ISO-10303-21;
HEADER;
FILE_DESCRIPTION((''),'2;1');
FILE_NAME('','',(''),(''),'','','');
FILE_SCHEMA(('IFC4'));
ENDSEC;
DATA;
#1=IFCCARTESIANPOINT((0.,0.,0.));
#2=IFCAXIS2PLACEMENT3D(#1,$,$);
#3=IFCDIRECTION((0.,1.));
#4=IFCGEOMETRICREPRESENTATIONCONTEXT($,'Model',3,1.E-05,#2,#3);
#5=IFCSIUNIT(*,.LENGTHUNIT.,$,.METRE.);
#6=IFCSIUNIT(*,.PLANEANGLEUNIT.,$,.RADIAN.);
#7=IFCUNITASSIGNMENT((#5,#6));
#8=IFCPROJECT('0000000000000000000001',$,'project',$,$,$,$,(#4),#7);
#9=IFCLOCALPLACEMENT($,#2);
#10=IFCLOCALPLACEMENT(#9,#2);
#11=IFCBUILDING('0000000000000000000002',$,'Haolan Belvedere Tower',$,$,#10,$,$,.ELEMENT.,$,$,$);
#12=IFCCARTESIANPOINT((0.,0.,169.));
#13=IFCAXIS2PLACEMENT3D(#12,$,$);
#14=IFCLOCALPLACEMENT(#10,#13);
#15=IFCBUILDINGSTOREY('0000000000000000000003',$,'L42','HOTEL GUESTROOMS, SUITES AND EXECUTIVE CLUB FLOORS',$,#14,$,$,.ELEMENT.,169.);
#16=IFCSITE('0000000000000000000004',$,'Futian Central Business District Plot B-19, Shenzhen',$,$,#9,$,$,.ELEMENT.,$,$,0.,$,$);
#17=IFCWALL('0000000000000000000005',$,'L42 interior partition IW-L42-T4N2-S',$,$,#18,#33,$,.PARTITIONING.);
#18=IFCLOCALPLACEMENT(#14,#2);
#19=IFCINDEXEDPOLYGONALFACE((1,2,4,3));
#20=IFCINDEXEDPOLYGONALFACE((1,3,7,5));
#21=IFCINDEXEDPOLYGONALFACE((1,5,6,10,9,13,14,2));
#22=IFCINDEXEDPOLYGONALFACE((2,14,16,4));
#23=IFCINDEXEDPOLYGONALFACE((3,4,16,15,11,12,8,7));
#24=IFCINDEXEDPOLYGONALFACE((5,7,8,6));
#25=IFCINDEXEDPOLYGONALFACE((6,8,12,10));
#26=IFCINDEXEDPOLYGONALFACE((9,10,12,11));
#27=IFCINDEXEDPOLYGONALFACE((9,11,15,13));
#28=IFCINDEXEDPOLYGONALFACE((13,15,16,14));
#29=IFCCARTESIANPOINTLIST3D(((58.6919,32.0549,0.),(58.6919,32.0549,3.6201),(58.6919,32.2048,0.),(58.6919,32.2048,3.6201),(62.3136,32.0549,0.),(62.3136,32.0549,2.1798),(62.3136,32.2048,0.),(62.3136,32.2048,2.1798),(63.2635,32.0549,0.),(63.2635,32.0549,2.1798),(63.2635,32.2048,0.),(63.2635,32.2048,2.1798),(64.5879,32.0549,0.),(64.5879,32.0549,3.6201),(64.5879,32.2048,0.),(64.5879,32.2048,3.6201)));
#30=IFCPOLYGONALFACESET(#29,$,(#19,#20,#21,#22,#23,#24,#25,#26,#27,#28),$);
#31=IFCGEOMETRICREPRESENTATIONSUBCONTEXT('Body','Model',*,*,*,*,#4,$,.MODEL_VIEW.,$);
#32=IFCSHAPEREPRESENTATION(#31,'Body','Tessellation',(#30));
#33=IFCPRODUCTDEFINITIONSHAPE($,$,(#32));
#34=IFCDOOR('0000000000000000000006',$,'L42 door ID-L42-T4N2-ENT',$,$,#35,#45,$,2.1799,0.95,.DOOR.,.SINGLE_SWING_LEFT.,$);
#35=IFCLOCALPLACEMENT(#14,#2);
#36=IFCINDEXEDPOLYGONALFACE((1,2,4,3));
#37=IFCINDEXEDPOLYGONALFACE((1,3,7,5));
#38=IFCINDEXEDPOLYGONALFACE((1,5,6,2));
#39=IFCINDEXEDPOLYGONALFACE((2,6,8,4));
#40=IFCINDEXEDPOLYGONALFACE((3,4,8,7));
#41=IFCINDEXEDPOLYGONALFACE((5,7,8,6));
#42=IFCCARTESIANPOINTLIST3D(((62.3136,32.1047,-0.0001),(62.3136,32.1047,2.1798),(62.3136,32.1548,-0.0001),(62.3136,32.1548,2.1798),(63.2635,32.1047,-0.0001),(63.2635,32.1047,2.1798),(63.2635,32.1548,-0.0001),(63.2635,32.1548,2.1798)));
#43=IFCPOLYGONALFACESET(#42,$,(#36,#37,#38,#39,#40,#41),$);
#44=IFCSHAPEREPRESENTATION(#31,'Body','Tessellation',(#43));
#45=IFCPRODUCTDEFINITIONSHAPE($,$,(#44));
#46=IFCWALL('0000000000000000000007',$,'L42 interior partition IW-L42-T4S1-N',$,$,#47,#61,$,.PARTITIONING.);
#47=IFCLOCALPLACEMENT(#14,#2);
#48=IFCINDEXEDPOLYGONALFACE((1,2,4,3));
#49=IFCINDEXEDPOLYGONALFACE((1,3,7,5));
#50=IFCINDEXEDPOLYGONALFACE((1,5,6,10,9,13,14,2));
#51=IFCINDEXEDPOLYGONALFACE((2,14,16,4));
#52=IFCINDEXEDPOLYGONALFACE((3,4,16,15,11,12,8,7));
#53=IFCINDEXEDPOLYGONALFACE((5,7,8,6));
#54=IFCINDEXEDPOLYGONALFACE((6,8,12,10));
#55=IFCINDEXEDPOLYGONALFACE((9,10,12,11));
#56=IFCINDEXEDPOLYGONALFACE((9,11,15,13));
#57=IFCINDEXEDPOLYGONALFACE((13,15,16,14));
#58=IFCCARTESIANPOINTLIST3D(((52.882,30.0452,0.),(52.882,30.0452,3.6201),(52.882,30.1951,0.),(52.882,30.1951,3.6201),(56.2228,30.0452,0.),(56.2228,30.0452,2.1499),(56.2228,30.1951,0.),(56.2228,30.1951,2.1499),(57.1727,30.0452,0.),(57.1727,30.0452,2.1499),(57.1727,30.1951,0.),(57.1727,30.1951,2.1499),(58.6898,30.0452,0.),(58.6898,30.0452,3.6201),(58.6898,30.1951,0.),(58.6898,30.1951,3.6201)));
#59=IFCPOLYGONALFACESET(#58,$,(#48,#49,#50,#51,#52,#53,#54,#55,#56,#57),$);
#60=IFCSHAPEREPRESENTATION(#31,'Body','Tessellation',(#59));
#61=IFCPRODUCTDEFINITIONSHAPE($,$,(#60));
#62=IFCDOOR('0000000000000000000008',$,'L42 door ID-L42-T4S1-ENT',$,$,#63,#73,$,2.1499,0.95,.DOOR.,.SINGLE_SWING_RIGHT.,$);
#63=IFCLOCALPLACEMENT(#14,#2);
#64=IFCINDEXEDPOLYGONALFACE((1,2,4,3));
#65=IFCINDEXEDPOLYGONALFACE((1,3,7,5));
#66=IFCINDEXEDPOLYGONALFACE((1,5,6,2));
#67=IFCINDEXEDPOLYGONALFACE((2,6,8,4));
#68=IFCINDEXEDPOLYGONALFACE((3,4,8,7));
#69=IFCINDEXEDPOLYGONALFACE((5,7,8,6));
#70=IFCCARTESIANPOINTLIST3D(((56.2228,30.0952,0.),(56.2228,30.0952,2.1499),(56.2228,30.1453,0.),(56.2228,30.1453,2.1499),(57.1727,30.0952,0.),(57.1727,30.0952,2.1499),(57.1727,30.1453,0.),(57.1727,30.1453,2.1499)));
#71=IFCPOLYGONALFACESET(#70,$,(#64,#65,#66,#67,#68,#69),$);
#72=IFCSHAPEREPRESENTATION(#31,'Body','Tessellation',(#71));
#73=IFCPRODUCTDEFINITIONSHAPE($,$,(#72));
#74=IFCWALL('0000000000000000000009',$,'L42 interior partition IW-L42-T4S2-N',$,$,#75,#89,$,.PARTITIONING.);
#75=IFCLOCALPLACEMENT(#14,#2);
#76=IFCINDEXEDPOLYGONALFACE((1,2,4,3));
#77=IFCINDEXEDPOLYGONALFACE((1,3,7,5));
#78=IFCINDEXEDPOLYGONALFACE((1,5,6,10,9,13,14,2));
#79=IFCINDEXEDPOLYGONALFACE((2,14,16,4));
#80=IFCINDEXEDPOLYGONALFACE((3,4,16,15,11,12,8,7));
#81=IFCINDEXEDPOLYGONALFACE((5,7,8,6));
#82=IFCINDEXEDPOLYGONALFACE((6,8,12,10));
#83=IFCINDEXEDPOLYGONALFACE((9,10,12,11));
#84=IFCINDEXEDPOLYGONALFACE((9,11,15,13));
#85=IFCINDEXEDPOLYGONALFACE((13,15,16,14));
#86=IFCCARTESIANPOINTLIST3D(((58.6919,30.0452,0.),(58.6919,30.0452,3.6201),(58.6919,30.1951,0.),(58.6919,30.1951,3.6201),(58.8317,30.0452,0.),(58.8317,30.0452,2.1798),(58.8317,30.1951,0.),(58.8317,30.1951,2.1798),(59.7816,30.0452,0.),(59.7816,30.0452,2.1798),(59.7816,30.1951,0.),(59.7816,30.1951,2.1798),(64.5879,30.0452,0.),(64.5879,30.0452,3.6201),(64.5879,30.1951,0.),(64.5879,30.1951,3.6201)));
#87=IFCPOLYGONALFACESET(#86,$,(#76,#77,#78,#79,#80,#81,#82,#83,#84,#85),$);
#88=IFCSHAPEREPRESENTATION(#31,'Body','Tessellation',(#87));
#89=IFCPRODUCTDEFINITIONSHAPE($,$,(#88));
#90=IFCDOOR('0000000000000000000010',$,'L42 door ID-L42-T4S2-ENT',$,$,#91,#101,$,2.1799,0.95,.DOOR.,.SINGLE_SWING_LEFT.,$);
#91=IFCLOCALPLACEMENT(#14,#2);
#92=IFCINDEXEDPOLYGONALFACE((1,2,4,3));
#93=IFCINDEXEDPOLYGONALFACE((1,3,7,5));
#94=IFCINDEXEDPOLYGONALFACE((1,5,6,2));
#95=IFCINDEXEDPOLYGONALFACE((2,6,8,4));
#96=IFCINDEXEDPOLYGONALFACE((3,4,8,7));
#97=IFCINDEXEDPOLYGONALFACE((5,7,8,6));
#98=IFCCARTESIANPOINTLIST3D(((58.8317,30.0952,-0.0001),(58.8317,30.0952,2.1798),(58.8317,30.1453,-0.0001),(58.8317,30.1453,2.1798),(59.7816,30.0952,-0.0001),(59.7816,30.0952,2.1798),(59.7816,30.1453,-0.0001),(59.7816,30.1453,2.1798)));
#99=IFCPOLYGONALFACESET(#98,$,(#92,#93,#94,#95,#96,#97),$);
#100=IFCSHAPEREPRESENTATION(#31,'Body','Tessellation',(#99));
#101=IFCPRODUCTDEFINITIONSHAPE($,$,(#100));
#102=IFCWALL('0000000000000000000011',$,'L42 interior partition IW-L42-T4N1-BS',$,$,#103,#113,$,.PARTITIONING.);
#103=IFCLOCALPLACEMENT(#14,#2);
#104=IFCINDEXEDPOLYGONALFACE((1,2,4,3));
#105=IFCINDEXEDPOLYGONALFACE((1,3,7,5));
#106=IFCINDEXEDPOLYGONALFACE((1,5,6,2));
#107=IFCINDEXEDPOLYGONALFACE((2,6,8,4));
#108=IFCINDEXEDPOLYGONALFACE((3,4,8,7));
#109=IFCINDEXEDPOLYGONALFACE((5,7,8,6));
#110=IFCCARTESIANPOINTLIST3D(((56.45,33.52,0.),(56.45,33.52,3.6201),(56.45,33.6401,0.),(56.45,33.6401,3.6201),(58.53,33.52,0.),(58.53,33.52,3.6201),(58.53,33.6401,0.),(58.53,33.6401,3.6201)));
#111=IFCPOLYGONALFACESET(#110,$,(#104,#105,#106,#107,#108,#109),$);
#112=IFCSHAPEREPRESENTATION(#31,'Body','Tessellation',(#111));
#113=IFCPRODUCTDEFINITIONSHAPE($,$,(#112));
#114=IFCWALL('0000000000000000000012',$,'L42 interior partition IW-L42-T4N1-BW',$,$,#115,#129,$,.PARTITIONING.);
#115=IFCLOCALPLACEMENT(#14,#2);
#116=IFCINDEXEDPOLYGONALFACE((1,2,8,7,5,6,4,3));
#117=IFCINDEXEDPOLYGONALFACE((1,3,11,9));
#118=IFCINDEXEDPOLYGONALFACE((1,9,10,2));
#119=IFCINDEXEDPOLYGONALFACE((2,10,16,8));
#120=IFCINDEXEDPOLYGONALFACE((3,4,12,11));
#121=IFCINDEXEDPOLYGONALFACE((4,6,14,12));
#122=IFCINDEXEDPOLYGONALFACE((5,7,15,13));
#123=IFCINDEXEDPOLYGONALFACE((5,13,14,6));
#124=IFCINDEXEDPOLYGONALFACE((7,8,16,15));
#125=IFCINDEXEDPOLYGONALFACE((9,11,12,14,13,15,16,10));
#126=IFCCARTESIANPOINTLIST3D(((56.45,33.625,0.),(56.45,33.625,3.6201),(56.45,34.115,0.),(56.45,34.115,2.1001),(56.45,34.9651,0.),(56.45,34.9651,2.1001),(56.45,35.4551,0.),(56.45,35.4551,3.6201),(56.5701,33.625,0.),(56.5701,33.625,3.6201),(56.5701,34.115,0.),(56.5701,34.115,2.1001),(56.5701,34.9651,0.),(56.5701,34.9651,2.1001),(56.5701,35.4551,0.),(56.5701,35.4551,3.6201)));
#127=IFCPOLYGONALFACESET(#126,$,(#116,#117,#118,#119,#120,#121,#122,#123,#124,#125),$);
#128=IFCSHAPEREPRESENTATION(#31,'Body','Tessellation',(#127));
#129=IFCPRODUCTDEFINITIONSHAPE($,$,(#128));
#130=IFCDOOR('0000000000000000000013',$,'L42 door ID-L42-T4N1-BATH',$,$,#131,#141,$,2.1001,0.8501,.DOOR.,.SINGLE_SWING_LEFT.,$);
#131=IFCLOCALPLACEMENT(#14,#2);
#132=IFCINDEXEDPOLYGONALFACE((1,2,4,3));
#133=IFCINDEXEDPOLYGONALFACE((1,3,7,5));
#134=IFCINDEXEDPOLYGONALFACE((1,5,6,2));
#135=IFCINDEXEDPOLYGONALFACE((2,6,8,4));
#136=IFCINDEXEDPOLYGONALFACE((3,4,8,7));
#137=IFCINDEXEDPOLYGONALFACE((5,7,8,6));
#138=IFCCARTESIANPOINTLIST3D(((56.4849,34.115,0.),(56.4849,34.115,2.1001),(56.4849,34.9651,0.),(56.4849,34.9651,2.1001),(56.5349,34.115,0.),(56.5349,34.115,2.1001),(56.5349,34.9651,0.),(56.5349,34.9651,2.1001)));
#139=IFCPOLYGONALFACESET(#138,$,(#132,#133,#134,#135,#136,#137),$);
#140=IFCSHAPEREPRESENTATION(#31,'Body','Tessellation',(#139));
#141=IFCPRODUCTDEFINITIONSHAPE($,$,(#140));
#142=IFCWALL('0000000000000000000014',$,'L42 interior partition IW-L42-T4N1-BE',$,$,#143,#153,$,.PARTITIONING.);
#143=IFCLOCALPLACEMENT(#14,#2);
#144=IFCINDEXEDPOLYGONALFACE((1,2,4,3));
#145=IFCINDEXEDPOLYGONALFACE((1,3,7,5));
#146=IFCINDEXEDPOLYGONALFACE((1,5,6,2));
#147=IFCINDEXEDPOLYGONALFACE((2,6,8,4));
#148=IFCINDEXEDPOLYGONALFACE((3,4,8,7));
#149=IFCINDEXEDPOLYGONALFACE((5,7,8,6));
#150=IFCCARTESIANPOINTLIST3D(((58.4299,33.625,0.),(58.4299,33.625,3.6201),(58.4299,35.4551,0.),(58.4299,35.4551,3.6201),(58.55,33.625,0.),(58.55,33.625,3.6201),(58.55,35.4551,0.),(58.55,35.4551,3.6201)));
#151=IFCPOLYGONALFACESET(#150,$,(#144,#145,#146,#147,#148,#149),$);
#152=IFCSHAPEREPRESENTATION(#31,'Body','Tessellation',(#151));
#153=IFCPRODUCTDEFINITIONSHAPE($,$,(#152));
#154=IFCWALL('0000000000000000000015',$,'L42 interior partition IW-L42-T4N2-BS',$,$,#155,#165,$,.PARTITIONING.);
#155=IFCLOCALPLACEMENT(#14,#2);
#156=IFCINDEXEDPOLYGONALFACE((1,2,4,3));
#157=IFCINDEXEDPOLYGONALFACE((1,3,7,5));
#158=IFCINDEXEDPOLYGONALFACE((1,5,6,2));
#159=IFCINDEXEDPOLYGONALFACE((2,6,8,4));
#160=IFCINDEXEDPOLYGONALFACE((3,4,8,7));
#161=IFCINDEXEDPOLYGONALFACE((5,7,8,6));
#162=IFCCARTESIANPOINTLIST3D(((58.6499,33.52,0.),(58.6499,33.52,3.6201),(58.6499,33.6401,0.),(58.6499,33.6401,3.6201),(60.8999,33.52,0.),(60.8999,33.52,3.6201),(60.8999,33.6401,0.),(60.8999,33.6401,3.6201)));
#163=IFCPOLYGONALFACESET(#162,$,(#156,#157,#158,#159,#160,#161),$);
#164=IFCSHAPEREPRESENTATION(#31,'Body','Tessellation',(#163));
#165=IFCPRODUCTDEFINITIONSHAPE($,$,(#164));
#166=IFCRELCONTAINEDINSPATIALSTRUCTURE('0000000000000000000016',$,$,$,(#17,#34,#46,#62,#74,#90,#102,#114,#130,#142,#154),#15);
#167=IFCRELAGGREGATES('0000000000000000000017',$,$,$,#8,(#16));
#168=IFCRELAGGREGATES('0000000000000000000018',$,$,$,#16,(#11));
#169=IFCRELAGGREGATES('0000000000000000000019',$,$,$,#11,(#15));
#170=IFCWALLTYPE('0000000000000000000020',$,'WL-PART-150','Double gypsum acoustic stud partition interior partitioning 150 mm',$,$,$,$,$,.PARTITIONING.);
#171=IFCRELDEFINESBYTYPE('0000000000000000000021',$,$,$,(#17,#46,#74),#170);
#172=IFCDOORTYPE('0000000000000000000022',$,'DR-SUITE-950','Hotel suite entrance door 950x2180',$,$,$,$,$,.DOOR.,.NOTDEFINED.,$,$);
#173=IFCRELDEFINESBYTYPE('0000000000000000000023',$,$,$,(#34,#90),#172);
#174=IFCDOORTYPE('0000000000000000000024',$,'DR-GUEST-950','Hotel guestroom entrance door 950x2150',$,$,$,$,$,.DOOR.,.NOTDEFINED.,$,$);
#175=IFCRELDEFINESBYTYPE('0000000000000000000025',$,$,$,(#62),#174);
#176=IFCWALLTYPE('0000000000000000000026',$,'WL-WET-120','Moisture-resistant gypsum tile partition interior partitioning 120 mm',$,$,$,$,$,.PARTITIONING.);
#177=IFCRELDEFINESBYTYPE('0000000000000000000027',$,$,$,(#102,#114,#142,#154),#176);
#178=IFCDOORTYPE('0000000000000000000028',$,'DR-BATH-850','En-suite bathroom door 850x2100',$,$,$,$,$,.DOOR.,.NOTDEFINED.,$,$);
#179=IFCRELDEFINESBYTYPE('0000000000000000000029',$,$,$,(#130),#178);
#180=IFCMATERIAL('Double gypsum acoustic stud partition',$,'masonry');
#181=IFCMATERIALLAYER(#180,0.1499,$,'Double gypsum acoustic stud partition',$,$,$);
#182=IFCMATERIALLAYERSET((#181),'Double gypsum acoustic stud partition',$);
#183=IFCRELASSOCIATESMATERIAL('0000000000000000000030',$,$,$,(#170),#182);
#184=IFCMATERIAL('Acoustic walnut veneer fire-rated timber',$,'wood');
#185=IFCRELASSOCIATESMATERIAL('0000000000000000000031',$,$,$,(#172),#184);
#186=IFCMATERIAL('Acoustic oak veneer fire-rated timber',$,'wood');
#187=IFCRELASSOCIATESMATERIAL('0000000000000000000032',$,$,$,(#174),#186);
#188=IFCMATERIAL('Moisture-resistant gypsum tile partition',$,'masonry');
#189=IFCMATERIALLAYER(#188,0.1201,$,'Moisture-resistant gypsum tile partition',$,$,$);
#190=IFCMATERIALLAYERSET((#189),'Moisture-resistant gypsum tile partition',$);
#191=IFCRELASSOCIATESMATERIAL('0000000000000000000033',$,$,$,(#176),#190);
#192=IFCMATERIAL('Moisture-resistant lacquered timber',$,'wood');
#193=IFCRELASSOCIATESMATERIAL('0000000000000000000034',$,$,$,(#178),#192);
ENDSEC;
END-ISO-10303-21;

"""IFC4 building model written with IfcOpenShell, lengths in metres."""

from ifc_helpers import new_model, si_unit, direction, frame, frame_2d, origin, place, context, subcontext, project, spatial, rectangle, extrude, material, layer, layer_set, type_object, element, fill, save


model = new_model("IFC4")

# Units and contexts
model_context = context("Model", 3, precision=1e-05, world=origin(), true_north=direction((0.0, 1.0)))
body_context = subcontext(model_context, "Body", "Model", "MODEL_VIEW")
ifc_project = project(units=[si_unit("LENGTHUNIT", "METRE"), si_unit("PLANEANGLEUNIT", "RADIAN")], contexts=[model_context])

# Site, building, storey
site_placement = place(None, origin())
site = spatial("IfcSite", under=ifc_project, at=site_placement, Name="Futian Central Business District Plot B-19, Shenzhen", CompositionType="ELEMENT", RefElevation=0.0)
building_placement = place(site_placement, origin())
building = spatial("IfcBuilding", under=site, at=building_placement, Name="Haolan Belvedere Tower", CompositionType="ELEMENT")
storey_placement = place(building_placement, frame((0.0, 0.0, 169.0)))
storey = spatial("IfcBuildingStorey", under=building, at=storey_placement, Name="L42", Description="HOTEL GUESTROOMS, SUITES AND EXECUTIVE CLUB FLOORS", CompositionType="ELEMENT", Elevation=169.0)

# Shared definitions
ifc_material_1 = material(Name="Double gypsum acoustic stud partition", Category="masonry")
ifc_layer_1 = layer(ifc_material_1, 0.1499, Name="Double gypsum acoustic stud partition")
ifc_layer_set_1 = layer_set([ifc_layer_1], Name="Double gypsum acoustic stud partition")
wall_type_1 = type_object("IfcWallType", Name="WL-PART-150", Description="Double gypsum acoustic stud partition interior partitioning 150 mm", PredefinedType="PARTITIONING", material=ifc_layer_set_1)

# Walls, openings, doors
wall_1_placement = place(storey_placement, frame((58.6919, 32.1299, 0.0), z_axis=(0.0, 0.0, 1.0), x_axis=(1.0, 0.0, 0.0)))
wall_1 = element("IfcWall", 1, at=wall_1_placement, inside=storey, type_object=wall_type_1, Name="L42 interior partition IW-L42-T4N2-S", PredefinedType="PARTITIONING", context=body_context, shape_type="SweptSolid", body=[
    extrude(rectangle(XDim=5.896, YDim=0.1499, at=frame_2d((2.948, 0.0))), origin(), (0.0, 0.0, 1.0), 3.6201),
])
opening_1_placement = place(wall_1_placement, frame((3.6216, 0.0, 0.0)))
opening_1 = element("IfcOpeningElement", 2, at=opening_1_placement, cuts=wall_1, PredefinedType="OPENING", context=body_context, shape_type="SweptSolid", body=[
    extrude(rectangle(XDim=0.95, YDim=2.1799, at=frame_2d((0.4751, 1.0898))), frame((0.0, 0.085, 0.0), z_axis=(0.0, -1.0, 0.0), x_axis=(1.0, 0.0, 0.0)), (0.0, 0.0, 1.0), 0.1699),
])
ifc_material_2 = material(Name="Acoustic walnut veneer fire-rated timber", Category="wood")
door_type_1 = type_object("IfcDoorType", Name="DR-SUITE-950", Description="Hotel suite entrance door 950x2180", OperationType="NOTDEFINED", PredefinedType="DOOR", material=ifc_material_2)
door_1_placement = place(opening_1_placement, origin())
door_1 = element("IfcDoor", 3, at=door_1_placement, inside=storey, type_object=door_type_1, Name="L42 door ID-L42-T4N2-ENT", OperationType="SINGLE_SWING_LEFT", OverallHeight=2.1799, OverallWidth=0.95, PredefinedType="DOOR", context=body_context, shape_type="SweptSolid", body=[
    extrude(rectangle(XDim=0.95, YDim=2.1799, at=frame_2d((0.4751, 1.0898))), frame((0.0, 0.0249, 0.0), z_axis=(0.0, -1.0, 0.0), x_axis=(1.0, 0.0, 0.0)), (0.0, 0.0, 1.0), 0.05),
])
fill(opening_1, door_1)
wall_2_placement = place(storey_placement, frame((52.8821, 30.1201, 0.0), z_axis=(0.0, 0.0, 1.0), x_axis=(1.0, 0.0, 0.0)))
wall_2 = element("IfcWall", 4, at=wall_2_placement, inside=storey, type_object=wall_type_1, Name="L42 interior partition IW-L42-T4S1-N", PredefinedType="PARTITIONING", context=body_context, shape_type="SweptSolid", body=[
    extrude(rectangle(XDim=5.8079, YDim=0.1499, at=frame_2d((2.9038, 0.0))), origin(), (0.0, 0.0, 1.0), 3.6201),
])
opening_2_placement = place(wall_2_placement, frame((4.2908, 0.0, 0.0), z_axis=(0.0, 0.0, 1.0), x_axis=(-1.0, 0.0, 0.0)))
opening_2 = element("IfcOpeningElement", 5, at=opening_2_placement, cuts=wall_2, PredefinedType="OPENING", context=body_context, shape_type="SweptSolid", body=[
    extrude(rectangle(XDim=0.95, YDim=2.1499, at=frame_2d((0.4751, 1.075))), frame((0.0, 0.085, 0.0), z_axis=(0.0, -1.0, 0.0), x_axis=(1.0, 0.0, 0.0)), (0.0, 0.0, 1.0), 0.1699),
])
ifc_material_3 = material(Name="Acoustic oak veneer fire-rated timber", Category="wood")
door_type_2 = type_object("IfcDoorType", Name="DR-GUEST-950", Description="Hotel guestroom entrance door 950x2150", OperationType="NOTDEFINED", PredefinedType="DOOR", material=ifc_material_3)
door_2_placement = place(opening_2_placement, origin())
door_2 = element("IfcDoor", 6, at=door_2_placement, inside=storey, type_object=door_type_2, Name="L42 door ID-L42-T4S1-ENT", OperationType="SINGLE_SWING_RIGHT", OverallHeight=2.1499, OverallWidth=0.95, PredefinedType="DOOR", context=body_context, shape_type="SweptSolid", body=[
    extrude(rectangle(XDim=0.95, YDim=2.1499, at=frame_2d((0.4751, 1.075))), frame((0.0, 0.0249, 0.0), z_axis=(0.0, -1.0, 0.0), x_axis=(1.0, 0.0, 0.0)), (0.0, 0.0, 1.0), 0.05),
])
fill(opening_2, door_2)
wall_3_placement = place(storey_placement, frame((58.6919, 30.1201, 0.0), z_axis=(0.0, 0.0, 1.0), x_axis=(1.0, 0.0, 0.0)))
wall_3 = element("IfcWall", 7, at=wall_3_placement, inside=storey, type_object=wall_type_1, Name="L42 interior partition IW-L42-T4S2-N", PredefinedType="PARTITIONING", context=body_context, shape_type="SweptSolid", body=[
    extrude(rectangle(XDim=5.896, YDim=0.1499, at=frame_2d((2.948, 0.0))), origin(), (0.0, 0.0, 1.0), 3.6201),
])
opening_3_placement = place(wall_3_placement, frame((1.0898, 0.0, 0.0), z_axis=(0.0, 0.0, 1.0), x_axis=(-1.0, 0.0, 0.0)))
opening_3 = element("IfcOpeningElement", 8, at=opening_3_placement, cuts=wall_3, PredefinedType="OPENING", context=body_context, shape_type="SweptSolid", body=[
    extrude(rectangle(XDim=0.95, YDim=2.1799, at=frame_2d((0.4751, 1.0898))), frame((0.0, 0.085, 0.0), z_axis=(0.0, -1.0, 0.0), x_axis=(1.0, 0.0, 0.0)), (0.0, 0.0, 1.0), 0.1699),
])
door_3_placement = place(opening_3_placement, origin())
door_3 = element("IfcDoor", 9, at=door_3_placement, inside=storey, type_object=door_type_1, Name="L42 door ID-L42-T4S2-ENT", OperationType="SINGLE_SWING_LEFT", OverallHeight=2.1799, OverallWidth=0.95, PredefinedType="DOOR", context=body_context, shape_type="SweptSolid", body=[
    extrude(rectangle(XDim=0.95, YDim=2.1799, at=frame_2d((0.4751, 1.0898))), frame((0.0, 0.0249, 0.0), z_axis=(0.0, -1.0, 0.0), x_axis=(1.0, 0.0, 0.0)), (0.0, 0.0, 1.0), 0.05),
])
fill(opening_3, door_3)

# Wall
ifc_material_4 = material(Name="Moisture-resistant gypsum tile partition", Category="masonry")
ifc_layer_2 = layer(ifc_material_4, 0.1201, Name="Moisture-resistant gypsum tile partition")
ifc_layer_set_2 = layer_set([ifc_layer_2], Name="Moisture-resistant gypsum tile partition")
wall_type_2 = type_object("IfcWallType", Name="WL-WET-120", Description="Moisture-resistant gypsum tile partition interior partitioning 120 mm", PredefinedType="PARTITIONING", material=ifc_layer_set_2)
wall_4_placement = place(storey_placement, frame((56.45, 33.5801, 0.0), z_axis=(0.0, 0.0, 1.0), x_axis=(1.0, 0.0, 0.0)))
element("IfcWall", 10, at=wall_4_placement, inside=storey, type_object=wall_type_2, Name="L42 interior partition IW-L42-T4N1-BS", PredefinedType="PARTITIONING", context=body_context, shape_type="SweptSolid", body=[
    extrude(rectangle(XDim=2.0801, YDim=0.1201, at=frame_2d((1.04, 0.0))), origin(), (0.0, 0.0, 1.0), 3.6201),
])

# Wall, opening, door
wall_5_placement = place(storey_placement, frame((56.51, 33.625, 0.0), z_axis=(0.0, 0.0, 1.0), x_axis=(0.0, 1.0, 0.0)))
wall_5 = element("IfcWall", 11, at=wall_5_placement, inside=storey, type_object=wall_type_2, Name="L42 interior partition IW-L42-T4N1-BW", PredefinedType="PARTITIONING", context=body_context, shape_type="SweptSolid", body=[
    extrude(rectangle(XDim=1.8301, YDim=0.1201, at=frame_2d((0.915, 0.0))), origin(), (0.0, 0.0, 1.0), 3.6201),
])
opening_4_placement = place(wall_5_placement, frame((1.3401, 0.0, 0.0), z_axis=(0.0, 0.0, 1.0), x_axis=(-1.0, 0.0, 0.0)))
opening_4 = element("IfcOpeningElement", 12, at=opening_4_placement, cuts=wall_5, PredefinedType="OPENING", context=body_context, shape_type="SweptSolid", body=[
    extrude(rectangle(XDim=0.8501, YDim=2.1001, at=frame_2d((0.425, 1.05))), frame((0.0, 0.0701, 0.0), z_axis=(0.0, -1.0, 0.0), x_axis=(1.0, 0.0, 0.0)), (0.0, 0.0, 1.0), 0.1401),
])
ifc_material_5 = material(Name="Moisture-resistant lacquered timber", Category="wood")
door_type_3 = type_object("IfcDoorType", Name="DR-BATH-850", Description="En-suite bathroom door 850x2100", OperationType="NOTDEFINED", PredefinedType="DOOR", material=ifc_material_5)
door_4_placement = place(opening_4_placement, origin())
door_4 = element("IfcDoor", 13, at=door_4_placement, inside=storey, type_object=door_type_3, Name="L42 door ID-L42-T4N1-BATH", OperationType="SINGLE_SWING_LEFT", OverallHeight=2.1001, OverallWidth=0.8501, PredefinedType="DOOR", context=body_context, shape_type="SweptSolid", body=[
    extrude(rectangle(XDim=0.8501, YDim=2.1001, at=frame_2d((0.425, 1.05))), frame((0.0, 0.0249, 0.0), z_axis=(0.0, -1.0, 0.0), x_axis=(1.0, 0.0, 0.0)), (0.0, 0.0, 1.0), 0.05),
])
fill(opening_4, door_4)

# Walls
wall_6_placement = place(storey_placement, frame((58.49, 33.625, 0.0), z_axis=(0.0, 0.0, 1.0), x_axis=(0.0, 1.0, 0.0)))
element("IfcWall", 14, at=wall_6_placement, inside=storey, type_object=wall_type_2, Name="L42 interior partition IW-L42-T4N1-BE", PredefinedType="PARTITIONING", context=body_context, shape_type="SweptSolid", body=[
    extrude(rectangle(XDim=1.8301, YDim=0.1201, at=frame_2d((0.915, 0.0))), origin(), (0.0, 0.0, 1.0), 3.6201),
])
wall_7_placement = place(storey_placement, frame((58.6499, 33.5801, 0.0), z_axis=(0.0, 0.0, 1.0), x_axis=(1.0, 0.0, 0.0)))
element("IfcWall", 15, at=wall_7_placement, inside=storey, type_object=wall_type_2, Name="L42 interior partition IW-L42-T4N2-BS", PredefinedType="PARTITIONING", context=body_context, shape_type="SweptSolid", body=[
    extrude(rectangle(XDim=2.25, YDim=0.1201, at=frame_2d((1.125, 0.0))), origin(), (0.0, 0.0, 1.0), 3.6201),
])

save(model, "model.ifc")
